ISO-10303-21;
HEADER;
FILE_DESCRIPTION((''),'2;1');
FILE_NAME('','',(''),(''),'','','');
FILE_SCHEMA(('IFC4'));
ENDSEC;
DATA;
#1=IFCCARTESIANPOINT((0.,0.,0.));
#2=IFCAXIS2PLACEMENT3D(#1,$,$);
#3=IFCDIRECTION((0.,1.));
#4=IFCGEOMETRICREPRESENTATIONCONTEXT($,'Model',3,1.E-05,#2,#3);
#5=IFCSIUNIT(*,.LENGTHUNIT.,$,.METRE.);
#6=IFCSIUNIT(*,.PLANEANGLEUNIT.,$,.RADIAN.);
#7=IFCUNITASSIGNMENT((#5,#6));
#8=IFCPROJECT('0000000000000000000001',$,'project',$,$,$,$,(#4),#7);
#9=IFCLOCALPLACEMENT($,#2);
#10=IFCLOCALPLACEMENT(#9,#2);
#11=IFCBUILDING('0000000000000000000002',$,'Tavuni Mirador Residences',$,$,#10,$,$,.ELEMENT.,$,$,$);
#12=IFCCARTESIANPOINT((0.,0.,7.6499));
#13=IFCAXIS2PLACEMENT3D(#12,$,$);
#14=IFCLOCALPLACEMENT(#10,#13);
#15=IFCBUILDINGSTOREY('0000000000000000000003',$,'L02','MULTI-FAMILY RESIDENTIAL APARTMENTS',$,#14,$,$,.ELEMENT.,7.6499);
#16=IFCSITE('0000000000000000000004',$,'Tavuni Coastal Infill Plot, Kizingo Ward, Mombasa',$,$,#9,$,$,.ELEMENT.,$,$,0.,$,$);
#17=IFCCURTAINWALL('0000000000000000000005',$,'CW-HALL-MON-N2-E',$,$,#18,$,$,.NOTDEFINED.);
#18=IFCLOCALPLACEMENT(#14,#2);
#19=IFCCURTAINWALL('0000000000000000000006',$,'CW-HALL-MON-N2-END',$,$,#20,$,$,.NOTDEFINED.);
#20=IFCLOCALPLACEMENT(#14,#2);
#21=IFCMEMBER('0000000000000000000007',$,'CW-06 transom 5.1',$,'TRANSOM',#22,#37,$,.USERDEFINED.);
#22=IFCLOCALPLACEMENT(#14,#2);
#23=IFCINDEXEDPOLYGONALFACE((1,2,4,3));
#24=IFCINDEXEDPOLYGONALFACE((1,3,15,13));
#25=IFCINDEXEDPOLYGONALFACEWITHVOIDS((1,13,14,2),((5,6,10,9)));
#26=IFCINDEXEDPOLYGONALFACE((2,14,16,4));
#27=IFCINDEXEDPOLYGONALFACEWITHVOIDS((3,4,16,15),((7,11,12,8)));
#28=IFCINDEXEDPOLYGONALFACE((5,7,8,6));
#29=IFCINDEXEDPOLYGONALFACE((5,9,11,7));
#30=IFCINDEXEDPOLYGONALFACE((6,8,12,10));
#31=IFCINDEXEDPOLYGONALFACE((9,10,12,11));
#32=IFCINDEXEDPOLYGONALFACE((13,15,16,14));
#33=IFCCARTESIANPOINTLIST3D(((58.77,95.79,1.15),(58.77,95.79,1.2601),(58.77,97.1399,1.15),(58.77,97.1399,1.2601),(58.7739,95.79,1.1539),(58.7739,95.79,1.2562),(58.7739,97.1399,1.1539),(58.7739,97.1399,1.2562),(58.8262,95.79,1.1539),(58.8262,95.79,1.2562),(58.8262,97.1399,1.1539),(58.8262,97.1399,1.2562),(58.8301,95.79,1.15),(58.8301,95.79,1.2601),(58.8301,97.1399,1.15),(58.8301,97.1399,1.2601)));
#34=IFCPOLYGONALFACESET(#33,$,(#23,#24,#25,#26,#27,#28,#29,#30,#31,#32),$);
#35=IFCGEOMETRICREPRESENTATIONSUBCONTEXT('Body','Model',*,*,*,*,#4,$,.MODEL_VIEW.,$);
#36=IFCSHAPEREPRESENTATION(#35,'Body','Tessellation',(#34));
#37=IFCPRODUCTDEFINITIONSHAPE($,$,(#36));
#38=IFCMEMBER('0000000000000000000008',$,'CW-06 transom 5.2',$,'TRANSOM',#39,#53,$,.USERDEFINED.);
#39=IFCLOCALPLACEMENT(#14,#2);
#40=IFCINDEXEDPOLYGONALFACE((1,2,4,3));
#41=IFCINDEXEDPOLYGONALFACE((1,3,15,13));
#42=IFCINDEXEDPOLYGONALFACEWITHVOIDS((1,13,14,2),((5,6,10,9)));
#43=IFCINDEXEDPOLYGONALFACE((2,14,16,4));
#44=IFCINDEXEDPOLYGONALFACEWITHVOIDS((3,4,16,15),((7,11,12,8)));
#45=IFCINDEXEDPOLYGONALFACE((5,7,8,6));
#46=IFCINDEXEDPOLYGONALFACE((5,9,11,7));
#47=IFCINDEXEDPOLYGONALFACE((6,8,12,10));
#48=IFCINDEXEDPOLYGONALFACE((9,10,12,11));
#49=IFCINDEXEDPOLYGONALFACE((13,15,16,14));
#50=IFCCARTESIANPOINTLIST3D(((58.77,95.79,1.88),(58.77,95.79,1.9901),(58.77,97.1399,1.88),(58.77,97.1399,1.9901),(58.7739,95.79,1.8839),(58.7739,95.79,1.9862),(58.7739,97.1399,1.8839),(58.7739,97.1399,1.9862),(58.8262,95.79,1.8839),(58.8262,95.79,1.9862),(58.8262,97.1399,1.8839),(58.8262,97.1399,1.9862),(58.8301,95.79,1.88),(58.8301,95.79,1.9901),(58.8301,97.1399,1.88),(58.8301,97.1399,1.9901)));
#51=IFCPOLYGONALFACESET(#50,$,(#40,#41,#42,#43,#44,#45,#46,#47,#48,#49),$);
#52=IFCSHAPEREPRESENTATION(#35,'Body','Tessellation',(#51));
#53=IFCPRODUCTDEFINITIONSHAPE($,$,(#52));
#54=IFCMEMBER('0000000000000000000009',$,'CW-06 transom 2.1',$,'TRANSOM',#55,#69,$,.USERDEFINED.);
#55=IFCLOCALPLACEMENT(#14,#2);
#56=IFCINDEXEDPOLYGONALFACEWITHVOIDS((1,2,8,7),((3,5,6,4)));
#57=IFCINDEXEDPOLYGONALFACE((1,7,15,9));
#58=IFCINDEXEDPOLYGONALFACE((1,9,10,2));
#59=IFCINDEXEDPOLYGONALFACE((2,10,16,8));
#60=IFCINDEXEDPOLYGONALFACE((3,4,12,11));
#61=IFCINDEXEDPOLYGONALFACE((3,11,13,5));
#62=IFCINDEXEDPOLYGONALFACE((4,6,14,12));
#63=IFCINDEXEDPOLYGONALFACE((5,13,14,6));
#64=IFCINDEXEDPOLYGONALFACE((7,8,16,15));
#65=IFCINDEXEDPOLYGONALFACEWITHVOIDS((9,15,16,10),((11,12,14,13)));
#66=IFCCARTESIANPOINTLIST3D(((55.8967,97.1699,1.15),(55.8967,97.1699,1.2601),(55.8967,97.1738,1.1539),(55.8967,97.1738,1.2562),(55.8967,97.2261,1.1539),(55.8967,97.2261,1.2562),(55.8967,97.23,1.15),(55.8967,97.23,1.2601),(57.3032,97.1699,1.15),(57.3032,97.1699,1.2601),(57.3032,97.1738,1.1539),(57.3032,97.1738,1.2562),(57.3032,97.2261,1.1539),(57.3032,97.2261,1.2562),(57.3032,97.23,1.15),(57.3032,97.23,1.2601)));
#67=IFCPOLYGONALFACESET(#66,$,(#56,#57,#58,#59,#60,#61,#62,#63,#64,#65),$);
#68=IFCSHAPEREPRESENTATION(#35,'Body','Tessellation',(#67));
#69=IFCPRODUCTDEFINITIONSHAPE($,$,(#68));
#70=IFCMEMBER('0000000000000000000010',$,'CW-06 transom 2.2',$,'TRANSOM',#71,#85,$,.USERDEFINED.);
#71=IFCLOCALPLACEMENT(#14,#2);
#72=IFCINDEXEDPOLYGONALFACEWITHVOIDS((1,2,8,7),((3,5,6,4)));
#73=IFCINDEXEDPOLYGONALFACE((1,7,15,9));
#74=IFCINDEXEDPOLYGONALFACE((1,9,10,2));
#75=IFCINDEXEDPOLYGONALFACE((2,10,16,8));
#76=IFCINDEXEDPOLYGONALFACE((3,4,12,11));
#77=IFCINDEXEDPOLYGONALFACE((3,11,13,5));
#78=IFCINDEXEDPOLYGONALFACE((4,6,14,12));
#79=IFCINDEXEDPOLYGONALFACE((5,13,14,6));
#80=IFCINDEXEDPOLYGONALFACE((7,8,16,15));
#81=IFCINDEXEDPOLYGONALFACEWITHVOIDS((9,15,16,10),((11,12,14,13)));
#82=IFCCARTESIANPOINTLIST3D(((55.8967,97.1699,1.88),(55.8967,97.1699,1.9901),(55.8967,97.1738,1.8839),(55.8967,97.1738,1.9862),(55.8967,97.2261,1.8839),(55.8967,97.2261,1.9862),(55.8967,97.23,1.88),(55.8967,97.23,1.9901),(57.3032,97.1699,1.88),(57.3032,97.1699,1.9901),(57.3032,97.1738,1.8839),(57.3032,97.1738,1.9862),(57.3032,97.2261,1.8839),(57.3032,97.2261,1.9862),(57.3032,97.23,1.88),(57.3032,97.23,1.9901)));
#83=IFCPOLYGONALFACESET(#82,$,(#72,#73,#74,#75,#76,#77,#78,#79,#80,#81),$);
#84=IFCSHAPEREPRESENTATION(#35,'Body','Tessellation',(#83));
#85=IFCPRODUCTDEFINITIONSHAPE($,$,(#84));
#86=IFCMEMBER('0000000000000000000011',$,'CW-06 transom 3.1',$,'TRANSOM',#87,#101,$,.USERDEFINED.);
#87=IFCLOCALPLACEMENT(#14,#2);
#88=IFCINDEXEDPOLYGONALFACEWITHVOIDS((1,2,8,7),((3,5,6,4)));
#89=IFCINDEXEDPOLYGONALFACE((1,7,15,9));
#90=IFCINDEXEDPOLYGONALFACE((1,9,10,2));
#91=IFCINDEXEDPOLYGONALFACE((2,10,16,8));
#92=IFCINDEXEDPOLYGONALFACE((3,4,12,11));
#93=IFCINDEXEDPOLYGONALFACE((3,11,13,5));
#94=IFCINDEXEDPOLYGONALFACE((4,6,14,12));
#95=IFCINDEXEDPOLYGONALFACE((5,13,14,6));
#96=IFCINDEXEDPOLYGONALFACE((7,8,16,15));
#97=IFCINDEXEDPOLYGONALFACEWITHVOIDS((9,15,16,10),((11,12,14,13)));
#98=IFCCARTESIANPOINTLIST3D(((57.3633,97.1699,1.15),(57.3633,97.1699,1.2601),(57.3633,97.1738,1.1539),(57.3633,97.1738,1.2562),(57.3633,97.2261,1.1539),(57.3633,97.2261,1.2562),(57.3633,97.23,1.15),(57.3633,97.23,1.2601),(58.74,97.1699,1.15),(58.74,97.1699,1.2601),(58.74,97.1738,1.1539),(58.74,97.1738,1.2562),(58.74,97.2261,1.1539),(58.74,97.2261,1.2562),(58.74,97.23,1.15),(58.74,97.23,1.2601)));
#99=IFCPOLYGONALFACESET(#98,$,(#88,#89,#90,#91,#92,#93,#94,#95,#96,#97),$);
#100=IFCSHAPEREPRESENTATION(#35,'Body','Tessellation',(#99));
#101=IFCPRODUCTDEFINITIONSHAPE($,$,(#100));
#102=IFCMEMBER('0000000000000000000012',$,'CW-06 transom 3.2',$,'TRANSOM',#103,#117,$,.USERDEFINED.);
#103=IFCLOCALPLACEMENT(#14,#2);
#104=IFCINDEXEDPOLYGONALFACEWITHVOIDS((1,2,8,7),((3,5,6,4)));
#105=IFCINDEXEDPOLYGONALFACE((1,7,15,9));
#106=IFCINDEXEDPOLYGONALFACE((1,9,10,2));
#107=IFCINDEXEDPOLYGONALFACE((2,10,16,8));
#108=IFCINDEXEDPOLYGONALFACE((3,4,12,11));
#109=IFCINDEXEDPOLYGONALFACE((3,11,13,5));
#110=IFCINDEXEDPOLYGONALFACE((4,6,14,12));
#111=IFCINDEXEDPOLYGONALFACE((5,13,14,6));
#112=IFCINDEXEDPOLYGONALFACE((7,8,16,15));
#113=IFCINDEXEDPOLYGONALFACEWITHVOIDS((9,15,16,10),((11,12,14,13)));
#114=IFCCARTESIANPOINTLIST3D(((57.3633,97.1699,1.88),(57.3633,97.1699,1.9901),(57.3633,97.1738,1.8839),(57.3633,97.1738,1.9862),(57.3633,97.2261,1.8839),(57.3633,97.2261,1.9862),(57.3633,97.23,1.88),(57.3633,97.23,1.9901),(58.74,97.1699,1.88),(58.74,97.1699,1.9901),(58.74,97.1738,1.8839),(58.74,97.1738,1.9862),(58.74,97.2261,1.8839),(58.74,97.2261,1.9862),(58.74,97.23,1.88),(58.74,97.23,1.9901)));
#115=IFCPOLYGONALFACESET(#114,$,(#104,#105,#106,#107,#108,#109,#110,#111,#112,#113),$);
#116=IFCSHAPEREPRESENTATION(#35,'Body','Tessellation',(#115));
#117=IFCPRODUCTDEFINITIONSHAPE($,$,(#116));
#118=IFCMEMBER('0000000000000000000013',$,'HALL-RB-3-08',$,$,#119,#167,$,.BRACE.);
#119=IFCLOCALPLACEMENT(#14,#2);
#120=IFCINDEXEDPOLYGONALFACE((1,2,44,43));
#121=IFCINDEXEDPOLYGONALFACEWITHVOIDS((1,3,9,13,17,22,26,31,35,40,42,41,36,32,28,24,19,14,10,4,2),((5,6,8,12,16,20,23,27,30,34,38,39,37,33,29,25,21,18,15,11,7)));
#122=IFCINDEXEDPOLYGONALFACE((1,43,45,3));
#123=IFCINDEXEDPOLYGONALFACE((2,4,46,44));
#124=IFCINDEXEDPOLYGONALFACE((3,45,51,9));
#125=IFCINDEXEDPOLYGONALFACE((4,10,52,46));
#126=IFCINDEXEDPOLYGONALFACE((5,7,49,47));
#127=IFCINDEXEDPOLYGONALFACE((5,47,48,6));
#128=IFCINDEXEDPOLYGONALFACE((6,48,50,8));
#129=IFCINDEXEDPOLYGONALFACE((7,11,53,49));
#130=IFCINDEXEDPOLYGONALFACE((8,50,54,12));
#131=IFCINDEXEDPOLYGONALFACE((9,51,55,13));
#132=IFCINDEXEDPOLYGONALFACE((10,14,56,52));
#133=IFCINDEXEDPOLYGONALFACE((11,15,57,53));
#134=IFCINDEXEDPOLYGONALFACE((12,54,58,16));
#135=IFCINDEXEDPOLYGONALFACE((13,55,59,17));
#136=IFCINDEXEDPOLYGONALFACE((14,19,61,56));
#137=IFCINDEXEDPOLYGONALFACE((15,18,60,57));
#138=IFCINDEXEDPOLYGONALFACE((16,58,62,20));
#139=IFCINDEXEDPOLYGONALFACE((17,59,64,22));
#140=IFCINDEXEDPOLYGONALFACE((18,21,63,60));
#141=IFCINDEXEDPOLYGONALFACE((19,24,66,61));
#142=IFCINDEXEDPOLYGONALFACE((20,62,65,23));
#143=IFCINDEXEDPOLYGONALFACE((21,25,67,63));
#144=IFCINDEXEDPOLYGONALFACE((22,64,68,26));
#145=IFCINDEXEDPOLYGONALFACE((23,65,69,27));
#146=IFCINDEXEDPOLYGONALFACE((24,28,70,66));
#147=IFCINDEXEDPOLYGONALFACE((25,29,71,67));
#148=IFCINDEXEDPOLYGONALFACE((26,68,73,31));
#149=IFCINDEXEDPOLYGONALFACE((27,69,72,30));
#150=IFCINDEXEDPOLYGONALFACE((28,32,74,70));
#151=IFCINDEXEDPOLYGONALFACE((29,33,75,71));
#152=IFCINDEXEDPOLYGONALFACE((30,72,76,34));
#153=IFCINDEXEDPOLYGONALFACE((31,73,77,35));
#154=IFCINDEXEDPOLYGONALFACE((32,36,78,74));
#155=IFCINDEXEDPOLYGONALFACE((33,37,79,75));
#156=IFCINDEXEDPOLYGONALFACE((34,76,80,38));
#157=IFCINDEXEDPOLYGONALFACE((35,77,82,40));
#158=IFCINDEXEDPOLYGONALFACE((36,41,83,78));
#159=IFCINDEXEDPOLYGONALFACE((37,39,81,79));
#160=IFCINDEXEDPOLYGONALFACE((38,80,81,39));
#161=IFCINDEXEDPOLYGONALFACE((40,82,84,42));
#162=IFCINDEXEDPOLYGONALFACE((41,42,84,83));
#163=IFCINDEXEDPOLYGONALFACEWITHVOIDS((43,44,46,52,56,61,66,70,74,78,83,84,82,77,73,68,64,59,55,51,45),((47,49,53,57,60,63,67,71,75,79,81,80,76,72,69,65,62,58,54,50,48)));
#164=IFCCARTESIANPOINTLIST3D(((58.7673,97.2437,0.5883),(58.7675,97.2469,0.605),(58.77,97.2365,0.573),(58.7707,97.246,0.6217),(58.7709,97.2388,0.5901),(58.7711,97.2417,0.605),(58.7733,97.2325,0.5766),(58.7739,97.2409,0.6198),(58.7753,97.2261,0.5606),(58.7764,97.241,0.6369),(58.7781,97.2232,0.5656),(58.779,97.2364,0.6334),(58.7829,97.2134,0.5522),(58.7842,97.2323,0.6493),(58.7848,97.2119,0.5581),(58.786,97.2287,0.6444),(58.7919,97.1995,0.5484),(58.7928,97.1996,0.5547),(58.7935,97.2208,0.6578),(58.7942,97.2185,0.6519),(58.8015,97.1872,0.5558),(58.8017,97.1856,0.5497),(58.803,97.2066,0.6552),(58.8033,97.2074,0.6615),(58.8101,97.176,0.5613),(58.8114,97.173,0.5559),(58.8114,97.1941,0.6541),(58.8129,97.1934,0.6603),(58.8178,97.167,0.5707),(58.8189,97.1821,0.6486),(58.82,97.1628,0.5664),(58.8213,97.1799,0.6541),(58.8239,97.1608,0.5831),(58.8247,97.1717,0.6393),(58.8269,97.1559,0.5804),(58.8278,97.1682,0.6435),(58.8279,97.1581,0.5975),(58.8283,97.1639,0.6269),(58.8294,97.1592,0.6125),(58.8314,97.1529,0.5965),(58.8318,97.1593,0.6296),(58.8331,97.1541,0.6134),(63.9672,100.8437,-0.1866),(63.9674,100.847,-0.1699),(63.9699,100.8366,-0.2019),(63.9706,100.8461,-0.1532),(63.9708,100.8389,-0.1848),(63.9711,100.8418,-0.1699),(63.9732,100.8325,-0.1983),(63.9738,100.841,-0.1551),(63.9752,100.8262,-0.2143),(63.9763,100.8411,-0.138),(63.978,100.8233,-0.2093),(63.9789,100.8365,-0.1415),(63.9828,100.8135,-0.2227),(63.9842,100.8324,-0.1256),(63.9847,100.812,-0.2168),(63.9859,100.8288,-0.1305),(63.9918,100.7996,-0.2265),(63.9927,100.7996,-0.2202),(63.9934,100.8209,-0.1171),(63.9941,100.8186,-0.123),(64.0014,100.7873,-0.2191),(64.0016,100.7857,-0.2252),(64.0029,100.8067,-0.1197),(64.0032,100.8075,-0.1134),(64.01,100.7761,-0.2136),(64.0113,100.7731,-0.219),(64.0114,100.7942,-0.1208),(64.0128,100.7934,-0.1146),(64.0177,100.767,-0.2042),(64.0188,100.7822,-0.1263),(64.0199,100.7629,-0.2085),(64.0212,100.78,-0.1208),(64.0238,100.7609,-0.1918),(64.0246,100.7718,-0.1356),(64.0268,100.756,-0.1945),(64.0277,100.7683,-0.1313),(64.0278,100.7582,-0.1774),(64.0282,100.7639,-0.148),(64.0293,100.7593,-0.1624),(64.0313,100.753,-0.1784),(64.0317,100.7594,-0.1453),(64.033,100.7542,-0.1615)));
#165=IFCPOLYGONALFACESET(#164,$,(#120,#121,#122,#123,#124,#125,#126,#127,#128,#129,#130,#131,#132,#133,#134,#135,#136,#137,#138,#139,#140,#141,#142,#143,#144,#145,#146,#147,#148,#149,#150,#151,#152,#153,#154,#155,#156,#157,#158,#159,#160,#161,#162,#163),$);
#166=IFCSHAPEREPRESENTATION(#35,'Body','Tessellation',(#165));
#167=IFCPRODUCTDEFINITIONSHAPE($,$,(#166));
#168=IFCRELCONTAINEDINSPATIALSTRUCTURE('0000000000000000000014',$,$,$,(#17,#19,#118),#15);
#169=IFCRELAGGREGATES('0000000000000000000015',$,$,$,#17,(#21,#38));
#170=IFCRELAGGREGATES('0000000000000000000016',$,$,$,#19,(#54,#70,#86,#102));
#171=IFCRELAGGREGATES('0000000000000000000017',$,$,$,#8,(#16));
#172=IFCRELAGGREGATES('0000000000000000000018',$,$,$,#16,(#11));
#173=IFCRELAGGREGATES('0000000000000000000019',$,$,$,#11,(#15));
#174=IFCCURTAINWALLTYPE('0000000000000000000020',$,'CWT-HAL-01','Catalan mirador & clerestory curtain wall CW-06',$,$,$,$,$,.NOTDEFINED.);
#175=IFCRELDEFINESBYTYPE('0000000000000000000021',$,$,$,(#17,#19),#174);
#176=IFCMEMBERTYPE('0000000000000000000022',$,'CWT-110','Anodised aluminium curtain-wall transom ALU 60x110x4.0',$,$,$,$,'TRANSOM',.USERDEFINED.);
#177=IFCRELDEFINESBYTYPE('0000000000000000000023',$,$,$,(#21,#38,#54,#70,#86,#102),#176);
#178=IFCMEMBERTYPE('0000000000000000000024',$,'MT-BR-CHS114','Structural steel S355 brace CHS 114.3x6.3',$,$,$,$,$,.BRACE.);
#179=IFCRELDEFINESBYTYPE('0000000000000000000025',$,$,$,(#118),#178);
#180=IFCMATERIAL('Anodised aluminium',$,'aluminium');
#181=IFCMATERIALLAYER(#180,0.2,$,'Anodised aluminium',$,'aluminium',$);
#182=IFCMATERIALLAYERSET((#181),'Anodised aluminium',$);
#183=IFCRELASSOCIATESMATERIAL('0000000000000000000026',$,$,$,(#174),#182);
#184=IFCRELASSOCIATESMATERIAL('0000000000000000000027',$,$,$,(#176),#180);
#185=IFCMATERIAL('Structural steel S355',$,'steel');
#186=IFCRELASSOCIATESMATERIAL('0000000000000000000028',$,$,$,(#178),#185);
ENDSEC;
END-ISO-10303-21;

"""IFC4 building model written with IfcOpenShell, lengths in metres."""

from ifc_helpers import new_model, si_unit, direction, frame, origin, origin_2d, place, context, subcontext, project, spatial, hollow_rectangle, hollow_circle, extrude, material, layer, layer_set, material_profile, profile_set, type_object, element, aggregate, save


model = new_model("IFC4")

# Units and contexts
model_context = context("Model", 3, precision=1e-05, world=origin(), true_north=direction((0.0, 1.0)))
body_context = subcontext(model_context, "Body", "Model", "MODEL_VIEW")
ifc_project = project(units=[si_unit("LENGTHUNIT", "METRE"), si_unit("PLANEANGLEUNIT", "RADIAN")], contexts=[model_context])

# Site, building, storey
site_placement = place(None, origin())
site = spatial("IfcSite", under=ifc_project, at=site_placement, Name="Tavuni Coastal Infill Plot, Kizingo Ward, Mombasa", CompositionType="ELEMENT", RefElevation=0.0)
building_placement = place(site_placement, origin())
building = spatial("IfcBuilding", under=site, at=building_placement, Name="Tavuni Mirador Residences", CompositionType="ELEMENT")
storey_placement = place(building_placement, frame((0.0, 0.0, 7.6499)))
storey = spatial("IfcBuildingStorey", under=building, at=storey_placement, Name="L02", Description="MULTI-FAMILY RESIDENTIAL APARTMENTS", CompositionType="ELEMENT", Elevation=7.6499)

# Shared definitions
ifc_material_1 = material(Name="Structural steel S355", Category="steel")

# Curtain walls
ifc_material_2 = material(Name="Anodised aluminium", Category="aluminium")
ifc_layer_1 = layer(ifc_material_2, 0.2, Name="Anodised aluminium", Category="aluminium")
ifc_layer_set_1 = layer_set([ifc_layer_1], Name="Anodised aluminium")
curtain_wall_type = type_object("IfcCurtainWallType", Name="CWT-HAL-01", Description="Catalan mirador & clerestory curtain wall CW-06", PredefinedType="NOTDEFINED", material=ifc_layer_set_1)
curtain_wall_1_placement = place(storey_placement, origin())
curtain_wall_1 = element("IfcCurtainWall", 1, at=curtain_wall_1_placement, inside=storey, type_object=curtain_wall_type, Name="CW-HALL-MON-N2-E", PredefinedType="NOTDEFINED")
curtain_wall_2_placement = place(storey_placement, origin())
curtain_wall_2 = element("IfcCurtainWall", 2, at=curtain_wall_2_placement, inside=storey, type_object=curtain_wall_type, Name="CW-HALL-MON-N2-END", PredefinedType="NOTDEFINED")

# Members
ifc_material_profile_1 = material_profile(ifc_material_2, hollow_rectangle(XDim=0.0601, YDim=0.1101, WallThickness=0.0039, at=origin_2d()), Name="ALU 60x110x4.0", Category="aluminium")
ifc_profile_set_1 = profile_set([ifc_material_profile_1], Name="Anodised aluminium")
member_type_1 = type_object("IfcMemberType", Name="CWT-110", Description="Anodised aluminium curtain-wall transom ALU 60x110x4.0", ElementType="TRANSOM", PredefinedType="USERDEFINED", material=ifc_profile_set_1)
member_1_placement = place(storey_placement, frame((58.8, 95.79, 1.2051), z_axis=(0.0, 1.0, 0.0), x_axis=(-1.0, 0.0, 0.0)))
member_1 = element("IfcMember", 3, at=member_1_placement, type_object=member_type_1, Name="CW-06 transom 5.1", ObjectType="TRANSOM", PredefinedType="USERDEFINED", context=body_context, shape_type="SweptSolid", body=[
    extrude(hollow_rectangle(XDim=0.0601, YDim=0.1101, WallThickness=0.0039, at=origin_2d()), origin(), (0.0, 0.0, 1.0), 1.3499),
])
member_2_placement = place(storey_placement, frame((58.8, 95.79, 1.9351), z_axis=(0.0, 1.0, 0.0), x_axis=(-1.0, 0.0, 0.0)))
member_2 = element("IfcMember", 4, at=member_2_placement, type_object=member_type_1, Name="CW-06 transom 5.2", ObjectType="TRANSOM", PredefinedType="USERDEFINED", context=body_context, shape_type="SweptSolid", body=[
    extrude(hollow_rectangle(XDim=0.0601, YDim=0.1101, WallThickness=0.0039, at=origin_2d()), origin(), (0.0, 0.0, 1.0), 1.3499),
])
member_3_placement = place(storey_placement, frame((55.8967, 97.2, 1.2051), z_axis=(1.0, 0.0, 0.0), x_axis=(0.0, 1.0, 0.0)))
member_3 = element("IfcMember", 5, at=member_3_placement, type_object=member_type_1, Name="CW-06 transom 2.1", ObjectType="TRANSOM", PredefinedType="USERDEFINED", context=body_context, shape_type="SweptSolid", body=[
    extrude(hollow_rectangle(XDim=0.0601, YDim=0.1101, WallThickness=0.0039, at=origin_2d()), origin(), (0.0, 0.0, 1.0), 1.4065),
])
member_4_placement = place(storey_placement, frame((55.8967, 97.2, 1.9351), z_axis=(1.0, 0.0, 0.0), x_axis=(0.0, 1.0, 0.0)))
member_4 = element("IfcMember", 6, at=member_4_placement, type_object=member_type_1, Name="CW-06 transom 2.2", ObjectType="TRANSOM", PredefinedType="USERDEFINED", context=body_context, shape_type="SweptSolid", body=[
    extrude(hollow_rectangle(XDim=0.0601, YDim=0.1101, WallThickness=0.0039, at=origin_2d()), origin(), (0.0, 0.0, 1.0), 1.4065),
])
member_5_placement = place(storey_placement, frame((57.3633, 97.2, 1.2051), z_axis=(1.0, 0.0, 0.0), x_axis=(0.0, 1.0, 0.0)))
member_5 = element("IfcMember", 7, at=member_5_placement, type_object=member_type_1, Name="CW-06 transom 3.1", ObjectType="TRANSOM", PredefinedType="USERDEFINED", context=body_context, shape_type="SweptSolid", body=[
    extrude(hollow_rectangle(XDim=0.0601, YDim=0.1101, WallThickness=0.0039, at=origin_2d()), origin(), (0.0, 0.0, 1.0), 1.3767),
])
member_6_placement = place(storey_placement, frame((57.3633, 97.2, 1.9351), z_axis=(1.0, 0.0, 0.0), x_axis=(0.0, 1.0, 0.0)))
member_6 = element("IfcMember", 8, at=member_6_placement, type_object=member_type_1, Name="CW-06 transom 3.2", ObjectType="TRANSOM", PredefinedType="USERDEFINED", context=body_context, shape_type="SweptSolid", body=[
    extrude(hollow_rectangle(XDim=0.0601, YDim=0.1101, WallThickness=0.0039, at=origin_2d()), origin(), (0.0, 0.0, 1.0), 1.3767),
])

# Member
ifc_material_profile_2 = material_profile(ifc_material_1, hollow_circle(Radius=0.0571, WallThickness=0.0063, at=origin_2d()), Name="CHS 114.3x6.3", Category="steel")
ifc_profile_set_2 = profile_set([ifc_material_profile_2], Name="Structural steel S355")
member_type_2 = type_object("IfcMemberType", Name="MT-BR-CHS114", Description="Structural steel S355 brace CHS 114.3x6.3", PredefinedType="BRACE", material=ifc_profile_set_2)
member_7_placement = place(storey_placement, frame((58.8, 97.2, 0.605), z_axis=(0.81608, 0.564999, -0.121613), x_axis=(-0.569224, 0.822182, 0.0)))
element("IfcMember", 9, at=member_7_placement, inside=storey, type_object=member_type_2, Name="HALL-RB-3-08", PredefinedType="BRACE", context=body_context, shape_type="SweptSolid", body=[
    extrude(hollow_circle(Radius=0.0571, WallThickness=0.0063, at=origin_2d()), origin(), (0.0, 0.0, 1.0), 6.3718),
])

aggregate(curtain_wall_1, [member_1, member_2])
aggregate(curtain_wall_2, [member_3, member_4, member_5, member_6])

save(model, "model.ifc")
